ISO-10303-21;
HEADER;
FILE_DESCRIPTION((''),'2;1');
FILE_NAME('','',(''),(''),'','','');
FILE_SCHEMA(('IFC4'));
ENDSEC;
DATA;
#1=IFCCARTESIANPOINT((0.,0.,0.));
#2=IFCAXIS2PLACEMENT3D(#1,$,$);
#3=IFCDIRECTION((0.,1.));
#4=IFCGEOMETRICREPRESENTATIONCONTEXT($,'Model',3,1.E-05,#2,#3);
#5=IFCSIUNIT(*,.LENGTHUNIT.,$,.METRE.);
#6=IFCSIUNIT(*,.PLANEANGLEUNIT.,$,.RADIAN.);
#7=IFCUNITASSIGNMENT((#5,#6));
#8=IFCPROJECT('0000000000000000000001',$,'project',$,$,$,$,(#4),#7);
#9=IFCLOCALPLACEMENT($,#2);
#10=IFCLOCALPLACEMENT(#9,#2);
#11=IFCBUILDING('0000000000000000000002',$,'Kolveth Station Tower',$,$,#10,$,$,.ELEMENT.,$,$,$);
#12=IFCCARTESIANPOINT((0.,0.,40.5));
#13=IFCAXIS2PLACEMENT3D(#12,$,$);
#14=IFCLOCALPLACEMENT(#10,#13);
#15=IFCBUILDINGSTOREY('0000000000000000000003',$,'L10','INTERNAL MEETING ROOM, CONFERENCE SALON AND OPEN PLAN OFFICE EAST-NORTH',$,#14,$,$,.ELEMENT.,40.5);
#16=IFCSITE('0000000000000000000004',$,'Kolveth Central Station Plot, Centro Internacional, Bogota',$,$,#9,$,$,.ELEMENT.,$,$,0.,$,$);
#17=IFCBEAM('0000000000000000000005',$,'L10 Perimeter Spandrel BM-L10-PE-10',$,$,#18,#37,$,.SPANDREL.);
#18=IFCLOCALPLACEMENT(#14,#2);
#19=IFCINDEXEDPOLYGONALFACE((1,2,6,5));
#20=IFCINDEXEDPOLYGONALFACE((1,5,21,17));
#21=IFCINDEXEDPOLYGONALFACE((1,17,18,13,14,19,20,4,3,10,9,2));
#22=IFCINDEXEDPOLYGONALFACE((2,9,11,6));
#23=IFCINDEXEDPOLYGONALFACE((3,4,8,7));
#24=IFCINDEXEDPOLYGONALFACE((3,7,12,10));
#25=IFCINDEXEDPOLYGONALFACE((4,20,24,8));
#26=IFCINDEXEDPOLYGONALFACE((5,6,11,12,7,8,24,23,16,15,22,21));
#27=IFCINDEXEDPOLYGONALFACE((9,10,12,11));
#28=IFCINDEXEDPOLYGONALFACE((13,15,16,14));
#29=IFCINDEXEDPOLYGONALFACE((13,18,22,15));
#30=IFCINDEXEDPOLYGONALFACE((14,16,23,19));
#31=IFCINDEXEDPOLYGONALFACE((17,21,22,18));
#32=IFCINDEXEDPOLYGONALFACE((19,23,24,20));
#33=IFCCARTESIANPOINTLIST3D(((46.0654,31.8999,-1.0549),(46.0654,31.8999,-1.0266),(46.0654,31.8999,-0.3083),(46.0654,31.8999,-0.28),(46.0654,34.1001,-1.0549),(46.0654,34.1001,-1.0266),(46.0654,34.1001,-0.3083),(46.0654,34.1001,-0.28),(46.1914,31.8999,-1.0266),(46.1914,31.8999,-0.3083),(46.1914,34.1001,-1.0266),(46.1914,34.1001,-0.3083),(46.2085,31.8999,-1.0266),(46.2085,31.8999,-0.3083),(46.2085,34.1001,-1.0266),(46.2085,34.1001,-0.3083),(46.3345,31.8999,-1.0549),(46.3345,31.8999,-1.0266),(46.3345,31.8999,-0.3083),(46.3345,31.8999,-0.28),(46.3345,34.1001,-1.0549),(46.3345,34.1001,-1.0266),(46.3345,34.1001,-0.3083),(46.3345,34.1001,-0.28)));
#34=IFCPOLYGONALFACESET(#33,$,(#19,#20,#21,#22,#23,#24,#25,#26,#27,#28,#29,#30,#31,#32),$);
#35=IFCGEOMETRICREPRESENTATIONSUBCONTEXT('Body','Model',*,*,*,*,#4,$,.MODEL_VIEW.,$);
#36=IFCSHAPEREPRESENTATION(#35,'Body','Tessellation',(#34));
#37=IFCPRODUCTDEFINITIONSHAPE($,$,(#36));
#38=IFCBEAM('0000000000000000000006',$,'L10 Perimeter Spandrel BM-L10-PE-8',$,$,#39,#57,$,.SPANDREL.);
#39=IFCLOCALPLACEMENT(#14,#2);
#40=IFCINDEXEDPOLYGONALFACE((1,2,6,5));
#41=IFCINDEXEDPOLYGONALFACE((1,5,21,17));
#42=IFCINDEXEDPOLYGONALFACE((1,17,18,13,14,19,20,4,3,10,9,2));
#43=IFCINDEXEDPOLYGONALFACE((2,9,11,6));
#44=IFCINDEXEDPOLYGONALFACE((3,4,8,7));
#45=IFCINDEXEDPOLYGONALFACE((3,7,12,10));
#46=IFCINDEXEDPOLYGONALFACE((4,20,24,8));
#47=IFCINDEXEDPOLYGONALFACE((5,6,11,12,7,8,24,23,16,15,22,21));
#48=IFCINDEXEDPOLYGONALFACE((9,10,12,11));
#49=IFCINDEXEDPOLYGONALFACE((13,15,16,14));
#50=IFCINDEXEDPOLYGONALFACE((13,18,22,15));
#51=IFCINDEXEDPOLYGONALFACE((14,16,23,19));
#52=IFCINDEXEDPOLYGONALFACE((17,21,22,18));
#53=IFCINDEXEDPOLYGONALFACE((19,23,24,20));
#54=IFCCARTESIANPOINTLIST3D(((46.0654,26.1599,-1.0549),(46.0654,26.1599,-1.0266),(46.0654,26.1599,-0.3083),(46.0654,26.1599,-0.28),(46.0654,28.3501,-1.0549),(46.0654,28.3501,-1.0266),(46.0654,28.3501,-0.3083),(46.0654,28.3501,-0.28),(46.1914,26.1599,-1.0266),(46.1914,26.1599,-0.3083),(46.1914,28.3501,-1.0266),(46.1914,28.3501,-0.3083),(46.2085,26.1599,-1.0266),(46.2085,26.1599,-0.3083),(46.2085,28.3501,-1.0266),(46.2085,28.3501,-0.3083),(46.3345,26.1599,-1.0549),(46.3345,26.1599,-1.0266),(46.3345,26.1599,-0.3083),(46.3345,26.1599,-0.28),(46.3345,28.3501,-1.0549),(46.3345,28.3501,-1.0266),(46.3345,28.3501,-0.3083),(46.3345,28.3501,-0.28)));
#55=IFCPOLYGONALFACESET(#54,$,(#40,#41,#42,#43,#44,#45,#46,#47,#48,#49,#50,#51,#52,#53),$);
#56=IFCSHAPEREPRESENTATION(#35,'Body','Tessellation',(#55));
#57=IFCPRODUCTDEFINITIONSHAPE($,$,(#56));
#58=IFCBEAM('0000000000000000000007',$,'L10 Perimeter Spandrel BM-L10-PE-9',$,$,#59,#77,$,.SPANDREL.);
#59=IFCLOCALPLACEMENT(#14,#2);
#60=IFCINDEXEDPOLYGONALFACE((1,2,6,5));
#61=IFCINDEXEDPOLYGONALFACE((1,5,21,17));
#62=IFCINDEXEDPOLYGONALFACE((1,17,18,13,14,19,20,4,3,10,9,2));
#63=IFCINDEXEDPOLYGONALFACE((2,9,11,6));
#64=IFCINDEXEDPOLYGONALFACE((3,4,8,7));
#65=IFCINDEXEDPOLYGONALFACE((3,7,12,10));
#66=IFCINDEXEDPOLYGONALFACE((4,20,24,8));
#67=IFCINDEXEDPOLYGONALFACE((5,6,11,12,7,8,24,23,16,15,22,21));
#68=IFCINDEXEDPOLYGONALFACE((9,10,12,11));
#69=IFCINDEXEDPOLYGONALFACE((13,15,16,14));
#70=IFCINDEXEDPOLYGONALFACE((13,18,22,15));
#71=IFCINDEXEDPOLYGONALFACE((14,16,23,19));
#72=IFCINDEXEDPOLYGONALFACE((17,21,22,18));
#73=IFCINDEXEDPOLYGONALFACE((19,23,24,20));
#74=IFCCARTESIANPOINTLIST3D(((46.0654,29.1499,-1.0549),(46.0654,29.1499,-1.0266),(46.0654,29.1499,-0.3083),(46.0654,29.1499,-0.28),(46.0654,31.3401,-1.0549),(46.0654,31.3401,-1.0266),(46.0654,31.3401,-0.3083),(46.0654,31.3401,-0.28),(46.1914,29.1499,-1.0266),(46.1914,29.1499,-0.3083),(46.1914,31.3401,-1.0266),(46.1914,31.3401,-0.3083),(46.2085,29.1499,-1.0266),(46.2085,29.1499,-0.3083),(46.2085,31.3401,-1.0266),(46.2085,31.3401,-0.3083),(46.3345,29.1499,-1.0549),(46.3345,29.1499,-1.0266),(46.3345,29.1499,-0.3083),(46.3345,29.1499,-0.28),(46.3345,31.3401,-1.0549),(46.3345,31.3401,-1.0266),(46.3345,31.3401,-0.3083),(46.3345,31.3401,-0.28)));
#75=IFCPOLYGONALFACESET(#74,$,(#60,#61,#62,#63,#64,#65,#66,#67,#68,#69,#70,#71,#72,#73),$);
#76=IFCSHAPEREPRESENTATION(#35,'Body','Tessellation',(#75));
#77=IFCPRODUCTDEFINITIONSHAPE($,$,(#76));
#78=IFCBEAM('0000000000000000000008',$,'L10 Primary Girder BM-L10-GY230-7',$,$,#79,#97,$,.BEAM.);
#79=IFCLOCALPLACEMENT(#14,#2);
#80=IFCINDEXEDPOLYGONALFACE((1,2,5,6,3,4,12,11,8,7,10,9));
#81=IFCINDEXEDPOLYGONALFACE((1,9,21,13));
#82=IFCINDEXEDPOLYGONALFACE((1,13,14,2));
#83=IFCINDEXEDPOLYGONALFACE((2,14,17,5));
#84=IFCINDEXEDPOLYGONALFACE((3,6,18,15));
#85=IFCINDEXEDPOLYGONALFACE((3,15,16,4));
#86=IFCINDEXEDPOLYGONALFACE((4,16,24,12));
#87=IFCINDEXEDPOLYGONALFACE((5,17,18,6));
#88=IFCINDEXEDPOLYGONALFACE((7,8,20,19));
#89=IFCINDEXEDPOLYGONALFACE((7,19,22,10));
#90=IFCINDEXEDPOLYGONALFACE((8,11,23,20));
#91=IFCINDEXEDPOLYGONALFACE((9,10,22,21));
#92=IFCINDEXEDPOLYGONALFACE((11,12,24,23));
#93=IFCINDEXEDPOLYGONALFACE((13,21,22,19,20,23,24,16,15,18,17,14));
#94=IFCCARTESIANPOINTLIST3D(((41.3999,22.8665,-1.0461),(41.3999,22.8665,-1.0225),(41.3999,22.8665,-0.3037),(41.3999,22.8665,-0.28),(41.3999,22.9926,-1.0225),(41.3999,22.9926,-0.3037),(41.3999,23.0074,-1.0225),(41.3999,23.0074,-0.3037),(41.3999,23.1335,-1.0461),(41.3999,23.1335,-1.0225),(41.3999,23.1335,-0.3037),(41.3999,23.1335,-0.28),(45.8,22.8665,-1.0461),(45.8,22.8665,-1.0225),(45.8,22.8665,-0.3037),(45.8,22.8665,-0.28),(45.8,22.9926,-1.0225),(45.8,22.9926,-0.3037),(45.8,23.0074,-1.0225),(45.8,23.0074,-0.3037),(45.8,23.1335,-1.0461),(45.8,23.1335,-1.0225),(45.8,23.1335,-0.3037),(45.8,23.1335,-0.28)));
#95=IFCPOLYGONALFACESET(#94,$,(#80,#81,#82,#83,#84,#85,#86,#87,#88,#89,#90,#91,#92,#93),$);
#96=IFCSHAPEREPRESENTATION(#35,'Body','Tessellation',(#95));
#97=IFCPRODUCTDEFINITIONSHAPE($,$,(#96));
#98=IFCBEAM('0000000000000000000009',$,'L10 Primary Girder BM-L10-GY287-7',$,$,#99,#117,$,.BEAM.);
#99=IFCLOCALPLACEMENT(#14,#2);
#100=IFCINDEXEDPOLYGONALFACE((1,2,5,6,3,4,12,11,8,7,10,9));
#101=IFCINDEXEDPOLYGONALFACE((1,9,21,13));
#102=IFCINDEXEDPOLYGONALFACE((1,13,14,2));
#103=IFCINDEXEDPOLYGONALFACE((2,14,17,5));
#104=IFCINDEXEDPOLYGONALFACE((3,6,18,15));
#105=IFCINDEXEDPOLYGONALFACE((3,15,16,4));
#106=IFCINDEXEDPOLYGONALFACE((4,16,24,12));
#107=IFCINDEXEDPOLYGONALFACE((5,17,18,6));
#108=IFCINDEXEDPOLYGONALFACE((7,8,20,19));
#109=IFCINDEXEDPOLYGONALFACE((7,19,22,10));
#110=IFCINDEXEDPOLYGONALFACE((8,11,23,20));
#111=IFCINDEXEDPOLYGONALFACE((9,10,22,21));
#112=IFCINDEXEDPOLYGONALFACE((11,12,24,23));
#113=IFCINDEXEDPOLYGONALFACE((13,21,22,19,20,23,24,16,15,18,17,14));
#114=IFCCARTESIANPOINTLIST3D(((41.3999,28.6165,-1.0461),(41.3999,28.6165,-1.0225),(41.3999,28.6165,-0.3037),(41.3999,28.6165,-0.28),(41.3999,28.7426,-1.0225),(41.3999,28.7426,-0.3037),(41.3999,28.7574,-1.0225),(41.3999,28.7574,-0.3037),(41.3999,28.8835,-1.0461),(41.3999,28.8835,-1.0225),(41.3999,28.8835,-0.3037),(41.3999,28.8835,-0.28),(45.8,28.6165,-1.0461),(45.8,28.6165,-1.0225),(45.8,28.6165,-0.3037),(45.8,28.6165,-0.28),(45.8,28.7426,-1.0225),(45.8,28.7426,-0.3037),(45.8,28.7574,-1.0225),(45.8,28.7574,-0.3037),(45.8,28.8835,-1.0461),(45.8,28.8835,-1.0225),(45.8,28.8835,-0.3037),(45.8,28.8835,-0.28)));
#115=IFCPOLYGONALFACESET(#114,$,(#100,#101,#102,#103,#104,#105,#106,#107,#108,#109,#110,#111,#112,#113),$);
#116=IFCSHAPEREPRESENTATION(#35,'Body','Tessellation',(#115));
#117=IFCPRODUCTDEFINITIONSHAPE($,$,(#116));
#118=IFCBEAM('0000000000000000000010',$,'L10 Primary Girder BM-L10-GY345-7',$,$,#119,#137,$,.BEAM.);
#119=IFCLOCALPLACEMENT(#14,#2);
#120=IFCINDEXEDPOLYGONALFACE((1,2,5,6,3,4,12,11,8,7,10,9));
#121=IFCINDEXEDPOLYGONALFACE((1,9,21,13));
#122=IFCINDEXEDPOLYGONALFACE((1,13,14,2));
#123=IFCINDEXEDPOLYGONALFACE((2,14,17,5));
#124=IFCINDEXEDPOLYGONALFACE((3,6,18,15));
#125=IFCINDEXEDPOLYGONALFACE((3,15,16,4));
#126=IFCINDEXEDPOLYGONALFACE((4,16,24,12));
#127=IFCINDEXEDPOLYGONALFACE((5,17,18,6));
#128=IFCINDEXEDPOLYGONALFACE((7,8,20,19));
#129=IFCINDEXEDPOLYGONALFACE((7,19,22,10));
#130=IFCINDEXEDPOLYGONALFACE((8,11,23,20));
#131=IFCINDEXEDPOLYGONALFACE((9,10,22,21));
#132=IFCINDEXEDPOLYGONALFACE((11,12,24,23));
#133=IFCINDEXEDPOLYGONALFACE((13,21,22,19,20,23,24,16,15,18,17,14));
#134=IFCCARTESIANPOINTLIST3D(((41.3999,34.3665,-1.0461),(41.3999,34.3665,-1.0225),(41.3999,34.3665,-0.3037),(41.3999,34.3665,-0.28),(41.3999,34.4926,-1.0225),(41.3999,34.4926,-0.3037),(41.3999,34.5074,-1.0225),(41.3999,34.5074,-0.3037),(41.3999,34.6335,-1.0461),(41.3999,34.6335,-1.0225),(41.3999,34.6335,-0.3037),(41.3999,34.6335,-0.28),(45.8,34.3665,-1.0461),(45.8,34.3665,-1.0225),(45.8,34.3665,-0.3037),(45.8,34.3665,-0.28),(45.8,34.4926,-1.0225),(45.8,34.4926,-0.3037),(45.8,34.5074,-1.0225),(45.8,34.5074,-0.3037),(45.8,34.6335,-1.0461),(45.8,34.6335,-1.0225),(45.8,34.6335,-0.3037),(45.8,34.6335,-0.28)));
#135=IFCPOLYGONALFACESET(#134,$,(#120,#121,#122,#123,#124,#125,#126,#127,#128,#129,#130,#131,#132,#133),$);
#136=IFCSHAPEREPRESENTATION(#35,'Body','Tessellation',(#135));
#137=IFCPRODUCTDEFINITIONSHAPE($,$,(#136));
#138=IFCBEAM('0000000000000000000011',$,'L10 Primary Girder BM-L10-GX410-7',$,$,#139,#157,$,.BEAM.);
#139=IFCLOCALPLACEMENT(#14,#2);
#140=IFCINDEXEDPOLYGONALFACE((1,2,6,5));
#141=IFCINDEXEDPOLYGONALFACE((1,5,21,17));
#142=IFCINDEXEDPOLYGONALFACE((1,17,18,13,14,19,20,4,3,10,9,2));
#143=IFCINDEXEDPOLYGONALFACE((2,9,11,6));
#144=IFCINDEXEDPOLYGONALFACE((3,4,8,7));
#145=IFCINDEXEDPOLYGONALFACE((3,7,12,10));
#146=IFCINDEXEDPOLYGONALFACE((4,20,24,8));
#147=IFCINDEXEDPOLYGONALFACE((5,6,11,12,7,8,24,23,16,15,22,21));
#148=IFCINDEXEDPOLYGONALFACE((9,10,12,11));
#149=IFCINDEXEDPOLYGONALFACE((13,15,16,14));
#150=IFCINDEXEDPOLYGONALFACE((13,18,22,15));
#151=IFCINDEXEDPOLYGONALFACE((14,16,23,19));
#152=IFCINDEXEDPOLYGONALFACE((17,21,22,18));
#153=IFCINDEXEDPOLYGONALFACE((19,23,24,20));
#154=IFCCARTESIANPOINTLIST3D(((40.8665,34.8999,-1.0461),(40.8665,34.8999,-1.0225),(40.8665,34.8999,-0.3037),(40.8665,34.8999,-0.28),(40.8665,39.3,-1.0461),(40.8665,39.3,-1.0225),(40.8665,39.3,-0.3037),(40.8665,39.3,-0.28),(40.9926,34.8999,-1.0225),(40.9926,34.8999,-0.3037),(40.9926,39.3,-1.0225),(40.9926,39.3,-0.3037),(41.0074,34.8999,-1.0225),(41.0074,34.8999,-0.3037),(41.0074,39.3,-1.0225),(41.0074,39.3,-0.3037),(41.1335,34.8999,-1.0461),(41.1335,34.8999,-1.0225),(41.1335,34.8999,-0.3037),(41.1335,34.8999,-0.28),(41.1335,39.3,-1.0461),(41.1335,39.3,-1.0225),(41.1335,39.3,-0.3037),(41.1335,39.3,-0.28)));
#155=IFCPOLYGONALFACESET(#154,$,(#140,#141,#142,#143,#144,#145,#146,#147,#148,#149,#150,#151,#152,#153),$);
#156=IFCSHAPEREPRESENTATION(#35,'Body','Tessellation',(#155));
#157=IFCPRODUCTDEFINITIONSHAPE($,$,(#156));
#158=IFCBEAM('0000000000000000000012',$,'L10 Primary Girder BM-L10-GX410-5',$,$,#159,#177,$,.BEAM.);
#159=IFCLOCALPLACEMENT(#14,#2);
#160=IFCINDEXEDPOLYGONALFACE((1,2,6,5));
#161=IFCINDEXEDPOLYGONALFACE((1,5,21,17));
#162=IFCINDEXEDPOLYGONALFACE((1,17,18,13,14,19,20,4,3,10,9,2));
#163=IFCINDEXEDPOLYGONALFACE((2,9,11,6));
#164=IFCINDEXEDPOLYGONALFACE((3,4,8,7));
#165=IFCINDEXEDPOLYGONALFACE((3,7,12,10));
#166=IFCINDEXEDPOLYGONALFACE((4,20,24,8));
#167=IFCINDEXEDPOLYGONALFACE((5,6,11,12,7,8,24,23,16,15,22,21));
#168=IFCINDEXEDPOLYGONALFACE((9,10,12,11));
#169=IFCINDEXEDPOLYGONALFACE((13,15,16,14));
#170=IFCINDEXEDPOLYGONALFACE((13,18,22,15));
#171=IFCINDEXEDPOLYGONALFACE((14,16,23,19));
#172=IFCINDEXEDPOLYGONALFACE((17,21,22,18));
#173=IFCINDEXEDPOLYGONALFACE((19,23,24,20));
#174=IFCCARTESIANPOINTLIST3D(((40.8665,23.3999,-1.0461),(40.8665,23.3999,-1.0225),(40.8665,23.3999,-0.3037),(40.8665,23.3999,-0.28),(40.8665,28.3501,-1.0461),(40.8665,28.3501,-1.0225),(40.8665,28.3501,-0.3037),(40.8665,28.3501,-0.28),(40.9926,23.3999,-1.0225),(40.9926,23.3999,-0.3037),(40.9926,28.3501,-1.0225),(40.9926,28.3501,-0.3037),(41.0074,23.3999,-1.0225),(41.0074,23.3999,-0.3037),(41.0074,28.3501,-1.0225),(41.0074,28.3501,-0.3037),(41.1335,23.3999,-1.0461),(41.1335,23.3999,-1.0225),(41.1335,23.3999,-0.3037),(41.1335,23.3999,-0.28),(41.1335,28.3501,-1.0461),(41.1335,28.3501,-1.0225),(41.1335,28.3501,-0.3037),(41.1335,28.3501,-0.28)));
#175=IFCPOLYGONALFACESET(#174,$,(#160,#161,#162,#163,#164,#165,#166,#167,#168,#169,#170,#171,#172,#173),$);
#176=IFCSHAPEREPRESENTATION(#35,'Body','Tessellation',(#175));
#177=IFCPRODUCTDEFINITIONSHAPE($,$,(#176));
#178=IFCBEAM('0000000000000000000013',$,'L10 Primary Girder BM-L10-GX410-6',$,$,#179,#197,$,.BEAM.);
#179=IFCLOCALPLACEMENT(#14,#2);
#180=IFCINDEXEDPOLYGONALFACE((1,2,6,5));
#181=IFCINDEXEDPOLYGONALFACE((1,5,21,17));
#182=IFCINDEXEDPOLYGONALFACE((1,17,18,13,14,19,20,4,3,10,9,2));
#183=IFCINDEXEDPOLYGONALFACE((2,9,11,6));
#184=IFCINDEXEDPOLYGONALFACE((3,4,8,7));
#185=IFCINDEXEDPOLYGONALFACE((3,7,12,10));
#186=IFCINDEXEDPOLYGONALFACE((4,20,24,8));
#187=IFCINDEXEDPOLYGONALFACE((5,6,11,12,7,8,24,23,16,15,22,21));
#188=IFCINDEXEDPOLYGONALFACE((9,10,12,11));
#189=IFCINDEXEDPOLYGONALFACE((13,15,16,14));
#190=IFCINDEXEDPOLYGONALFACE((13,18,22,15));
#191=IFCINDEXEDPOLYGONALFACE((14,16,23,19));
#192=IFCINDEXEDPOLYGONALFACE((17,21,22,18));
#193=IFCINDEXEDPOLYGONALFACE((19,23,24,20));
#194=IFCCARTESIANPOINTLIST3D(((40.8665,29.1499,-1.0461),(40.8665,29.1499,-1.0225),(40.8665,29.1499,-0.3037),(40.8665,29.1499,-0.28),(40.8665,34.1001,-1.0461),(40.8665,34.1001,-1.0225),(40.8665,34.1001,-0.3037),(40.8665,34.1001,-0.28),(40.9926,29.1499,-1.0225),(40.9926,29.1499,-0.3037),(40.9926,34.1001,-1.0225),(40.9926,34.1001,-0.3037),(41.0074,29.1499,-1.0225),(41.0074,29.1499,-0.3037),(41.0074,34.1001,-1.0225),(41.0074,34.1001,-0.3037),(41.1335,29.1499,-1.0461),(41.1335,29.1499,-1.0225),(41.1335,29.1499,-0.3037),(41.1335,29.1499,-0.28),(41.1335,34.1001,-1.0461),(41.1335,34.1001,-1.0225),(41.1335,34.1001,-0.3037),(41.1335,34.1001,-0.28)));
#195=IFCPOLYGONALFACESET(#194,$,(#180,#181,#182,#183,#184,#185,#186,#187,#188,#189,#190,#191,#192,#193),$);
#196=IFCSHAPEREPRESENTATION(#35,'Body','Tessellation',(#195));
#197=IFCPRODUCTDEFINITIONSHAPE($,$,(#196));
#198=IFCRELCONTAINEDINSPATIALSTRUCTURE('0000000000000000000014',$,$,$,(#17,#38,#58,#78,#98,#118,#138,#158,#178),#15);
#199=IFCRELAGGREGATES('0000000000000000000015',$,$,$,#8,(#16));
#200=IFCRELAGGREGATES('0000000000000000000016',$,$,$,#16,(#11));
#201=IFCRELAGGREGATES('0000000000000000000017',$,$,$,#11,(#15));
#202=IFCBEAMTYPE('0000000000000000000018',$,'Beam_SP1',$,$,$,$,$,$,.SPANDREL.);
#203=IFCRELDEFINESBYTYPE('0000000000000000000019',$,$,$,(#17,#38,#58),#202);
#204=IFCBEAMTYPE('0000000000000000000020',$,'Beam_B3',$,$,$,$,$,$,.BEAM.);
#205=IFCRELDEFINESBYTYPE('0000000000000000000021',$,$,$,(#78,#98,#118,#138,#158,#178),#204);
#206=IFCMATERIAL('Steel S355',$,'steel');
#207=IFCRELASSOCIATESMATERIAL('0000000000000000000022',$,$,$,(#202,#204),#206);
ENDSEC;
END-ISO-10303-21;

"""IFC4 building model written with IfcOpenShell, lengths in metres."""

from ifc_helpers import new_model, si_unit, direction, frame, origin, origin_2d, place, context, subcontext, project, spatial, i_section, extrude, source, transform, mapped, material, material_profile, profile_set, type_object, element, save


model = new_model("IFC4")

# Units and contexts
model_context = context("Model", 3, precision=1e-05, world=origin(), true_north=direction((0.0, 1.0)))
body_context = subcontext(model_context, "Body", "Model", "MODEL_VIEW")
ifc_project = project(units=[si_unit("LENGTHUNIT", "METRE"), si_unit("PLANEANGLEUNIT", "RADIAN")], contexts=[model_context])

# Site, building, storey
site_placement = place(None, origin())
site = spatial("IfcSite", under=ifc_project, at=site_placement, Name="Kolveth Central Station Plot, Centro Internacional, Bogota", CompositionType="ELEMENT", RefElevation=0.0)
building_placement = place(site_placement, origin())
building = spatial("IfcBuilding", under=site, at=building_placement, Name="Kolveth Station Tower", CompositionType="ELEMENT")
storey_placement = place(building_placement, frame((0.0, 0.0, 40.5)))
storey = spatial("IfcBuildingStorey", under=building, at=storey_placement, Name="L10", Description="INTERNAL MEETING ROOM, CONFERENCE SALON AND OPEN PLAN OFFICE EAST-NORTH", CompositionType="ELEMENT", Elevation=40.5)

# Shared definitions
ifc_material_1 = material(Name="Steel S355", Category="steel")

# Beams
ifc_material_profile_1 = material_profile(ifc_material_1, i_section(OverallWidth=0.269, OverallDepth=0.7749, WebThickness=0.0171, FlangeThickness=0.0283, at=origin_2d()), Name="W760x220")
ifc_profile_set_1 = profile_set([ifc_material_profile_1], Name="Steel S355")
beam_type_1 = type_object("IfcBeamType", Name="Beam_SP1", PredefinedType="SPANDREL", material=ifc_profile_set_1)
shared_shape_1 = source(origin(), body_context, "Body", "SweptSolid", [
    extrude(i_section(OverallWidth=0.269, OverallDepth=0.7749, WebThickness=0.0171, FlangeThickness=0.0283, at=origin_2d()), origin(), (0.0, 0.0, 1.0), 2.2002),
])
for number, where, z_axis, x_axis, name in (
    (1, (46.2, 31.8999, -0.6675), (0.0, 1.0, 0.0), (-1.0, 0.0, 0.0), "L10 Perimeter Spandrel BM-L10-PE-10"),
):
    element("IfcBeam", number, at=place(storey_placement, frame(where, z_axis=z_axis, x_axis=x_axis)), inside=storey, type_object=beam_type_1, Name=name, PredefinedType="SPANDREL", context=body_context, shape_type="MappedRepresentation", body=[
        mapped(shared_shape_1, transform((0.0, 0.0, 0.0), x_axis=(1.0, 0.0, 0.0), y_axis=(0.0, 1.0, 0.0), z_axis=(0.0, 0.0, 1.0), scale=1.0)),
    ])
shared_shape_2 = source(origin(), body_context, "Body", "SweptSolid", [
    extrude(i_section(OverallWidth=0.269, OverallDepth=0.7749, WebThickness=0.0171, FlangeThickness=0.0283, at=origin_2d()), origin(), (0.0, 0.0, 1.0), 2.1902),
])
for number, where, z_axis, x_axis, name in (
    (2, (46.2, 26.1599, -0.6675), (0.0, 1.0, 0.0), (-1.0, 0.0, 0.0), "L10 Perimeter Spandrel BM-L10-PE-8"),
    (3, (46.2, 29.1499, -0.6675), (0.0, 1.0, 0.0), (-1.0, 0.0, 0.0), "L10 Perimeter Spandrel BM-L10-PE-9"),
):
    element("IfcBeam", number, at=place(storey_placement, frame(where, z_axis=z_axis, x_axis=x_axis)), inside=storey, type_object=beam_type_1, Name=name, PredefinedType="SPANDREL", context=body_context, shape_type="MappedRepresentation", body=[
        mapped(shared_shape_2, transform((0.0, 0.0, 0.0), x_axis=(1.0, 0.0, 0.0), y_axis=(0.0, 1.0, 0.0), z_axis=(0.0, 0.0, 1.0), scale=1.0)),
    ])
ifc_material_profile_2 = material_profile(ifc_material_1, i_section(OverallWidth=0.2671, OverallDepth=0.7661, WebThickness=0.0149, FlangeThickness=0.0237, at=origin_2d()), Name="W760x185")
ifc_profile_set_2 = profile_set([ifc_material_profile_2], Name="Steel S355")
beam_type_2 = type_object("IfcBeamType", Name="Beam_B3", PredefinedType="BEAM", material=ifc_profile_set_2)
shared_shape_3 = source(origin(), body_context, "Body", "SweptSolid", [
    extrude(i_section(OverallWidth=0.2671, OverallDepth=0.7661, WebThickness=0.0149, FlangeThickness=0.0237, at=origin_2d()), origin(), (0.0, 0.0, 1.0), 4.4001),
])
for number, where, z_axis, x_axis, name in (
    (4, (41.3999, 23.0, -0.6631), (1.0, 0.0, 0.0), (0.0, 1.0, 0.0), "L10 Primary Girder BM-L10-GY230-7"),
    (5, (41.3999, 28.75, -0.6631), (1.0, 0.0, 0.0), (0.0, 1.0, 0.0), "L10 Primary Girder BM-L10-GY287-7"),
    (6, (41.3999, 34.5, -0.6631), (1.0, 0.0, 0.0), (0.0, 1.0, 0.0), "L10 Primary Girder BM-L10-GY345-7"),
    (7, (41.0, 34.8999, -0.6631), (0.0, 1.0, 0.0), (-1.0, 0.0, 0.0), "L10 Primary Girder BM-L10-GX410-7"),
):
    element("IfcBeam", number, at=place(storey_placement, frame(where, z_axis=z_axis, x_axis=x_axis)), inside=storey, type_object=beam_type_2, Name=name, PredefinedType="BEAM", context=body_context, shape_type="MappedRepresentation", body=[
        mapped(shared_shape_3, transform((0.0, 0.0, 0.0), x_axis=(1.0, 0.0, 0.0), y_axis=(0.0, 1.0, 0.0), z_axis=(0.0, 0.0, 1.0), scale=1.0)),
    ])
shared_shape_4 = source(origin(), body_context, "Body", "SweptSolid", [
    extrude(i_section(OverallWidth=0.2671, OverallDepth=0.7661, WebThickness=0.0149, FlangeThickness=0.0237, at=origin_2d()), origin(), (0.0, 0.0, 1.0), 4.9502),
])
for number, where, z_axis, x_axis, name in (
    (8, (41.0, 23.3999, -0.6631), (0.0, 1.0, 0.0), (-1.0, 0.0, 0.0), "L10 Primary Girder BM-L10-GX410-5"),
    (9, (41.0, 29.1499, -0.6631), (0.0, 1.0, 0.0), (-1.0, 0.0, 0.0), "L10 Primary Girder BM-L10-GX410-6"),
):
    element("IfcBeam", number, at=place(storey_placement, frame(where, z_axis=z_axis, x_axis=x_axis)), inside=storey, type_object=beam_type_2, Name=name, PredefinedType="BEAM", context=body_context, shape_type="MappedRepresentation", body=[
        mapped(shared_shape_4, transform((0.0, 0.0, 0.0), x_axis=(1.0, 0.0, 0.0), y_axis=(0.0, 1.0, 0.0), z_axis=(0.0, 0.0, 1.0), scale=1.0)),
    ])

save(model, "model.ifc")
